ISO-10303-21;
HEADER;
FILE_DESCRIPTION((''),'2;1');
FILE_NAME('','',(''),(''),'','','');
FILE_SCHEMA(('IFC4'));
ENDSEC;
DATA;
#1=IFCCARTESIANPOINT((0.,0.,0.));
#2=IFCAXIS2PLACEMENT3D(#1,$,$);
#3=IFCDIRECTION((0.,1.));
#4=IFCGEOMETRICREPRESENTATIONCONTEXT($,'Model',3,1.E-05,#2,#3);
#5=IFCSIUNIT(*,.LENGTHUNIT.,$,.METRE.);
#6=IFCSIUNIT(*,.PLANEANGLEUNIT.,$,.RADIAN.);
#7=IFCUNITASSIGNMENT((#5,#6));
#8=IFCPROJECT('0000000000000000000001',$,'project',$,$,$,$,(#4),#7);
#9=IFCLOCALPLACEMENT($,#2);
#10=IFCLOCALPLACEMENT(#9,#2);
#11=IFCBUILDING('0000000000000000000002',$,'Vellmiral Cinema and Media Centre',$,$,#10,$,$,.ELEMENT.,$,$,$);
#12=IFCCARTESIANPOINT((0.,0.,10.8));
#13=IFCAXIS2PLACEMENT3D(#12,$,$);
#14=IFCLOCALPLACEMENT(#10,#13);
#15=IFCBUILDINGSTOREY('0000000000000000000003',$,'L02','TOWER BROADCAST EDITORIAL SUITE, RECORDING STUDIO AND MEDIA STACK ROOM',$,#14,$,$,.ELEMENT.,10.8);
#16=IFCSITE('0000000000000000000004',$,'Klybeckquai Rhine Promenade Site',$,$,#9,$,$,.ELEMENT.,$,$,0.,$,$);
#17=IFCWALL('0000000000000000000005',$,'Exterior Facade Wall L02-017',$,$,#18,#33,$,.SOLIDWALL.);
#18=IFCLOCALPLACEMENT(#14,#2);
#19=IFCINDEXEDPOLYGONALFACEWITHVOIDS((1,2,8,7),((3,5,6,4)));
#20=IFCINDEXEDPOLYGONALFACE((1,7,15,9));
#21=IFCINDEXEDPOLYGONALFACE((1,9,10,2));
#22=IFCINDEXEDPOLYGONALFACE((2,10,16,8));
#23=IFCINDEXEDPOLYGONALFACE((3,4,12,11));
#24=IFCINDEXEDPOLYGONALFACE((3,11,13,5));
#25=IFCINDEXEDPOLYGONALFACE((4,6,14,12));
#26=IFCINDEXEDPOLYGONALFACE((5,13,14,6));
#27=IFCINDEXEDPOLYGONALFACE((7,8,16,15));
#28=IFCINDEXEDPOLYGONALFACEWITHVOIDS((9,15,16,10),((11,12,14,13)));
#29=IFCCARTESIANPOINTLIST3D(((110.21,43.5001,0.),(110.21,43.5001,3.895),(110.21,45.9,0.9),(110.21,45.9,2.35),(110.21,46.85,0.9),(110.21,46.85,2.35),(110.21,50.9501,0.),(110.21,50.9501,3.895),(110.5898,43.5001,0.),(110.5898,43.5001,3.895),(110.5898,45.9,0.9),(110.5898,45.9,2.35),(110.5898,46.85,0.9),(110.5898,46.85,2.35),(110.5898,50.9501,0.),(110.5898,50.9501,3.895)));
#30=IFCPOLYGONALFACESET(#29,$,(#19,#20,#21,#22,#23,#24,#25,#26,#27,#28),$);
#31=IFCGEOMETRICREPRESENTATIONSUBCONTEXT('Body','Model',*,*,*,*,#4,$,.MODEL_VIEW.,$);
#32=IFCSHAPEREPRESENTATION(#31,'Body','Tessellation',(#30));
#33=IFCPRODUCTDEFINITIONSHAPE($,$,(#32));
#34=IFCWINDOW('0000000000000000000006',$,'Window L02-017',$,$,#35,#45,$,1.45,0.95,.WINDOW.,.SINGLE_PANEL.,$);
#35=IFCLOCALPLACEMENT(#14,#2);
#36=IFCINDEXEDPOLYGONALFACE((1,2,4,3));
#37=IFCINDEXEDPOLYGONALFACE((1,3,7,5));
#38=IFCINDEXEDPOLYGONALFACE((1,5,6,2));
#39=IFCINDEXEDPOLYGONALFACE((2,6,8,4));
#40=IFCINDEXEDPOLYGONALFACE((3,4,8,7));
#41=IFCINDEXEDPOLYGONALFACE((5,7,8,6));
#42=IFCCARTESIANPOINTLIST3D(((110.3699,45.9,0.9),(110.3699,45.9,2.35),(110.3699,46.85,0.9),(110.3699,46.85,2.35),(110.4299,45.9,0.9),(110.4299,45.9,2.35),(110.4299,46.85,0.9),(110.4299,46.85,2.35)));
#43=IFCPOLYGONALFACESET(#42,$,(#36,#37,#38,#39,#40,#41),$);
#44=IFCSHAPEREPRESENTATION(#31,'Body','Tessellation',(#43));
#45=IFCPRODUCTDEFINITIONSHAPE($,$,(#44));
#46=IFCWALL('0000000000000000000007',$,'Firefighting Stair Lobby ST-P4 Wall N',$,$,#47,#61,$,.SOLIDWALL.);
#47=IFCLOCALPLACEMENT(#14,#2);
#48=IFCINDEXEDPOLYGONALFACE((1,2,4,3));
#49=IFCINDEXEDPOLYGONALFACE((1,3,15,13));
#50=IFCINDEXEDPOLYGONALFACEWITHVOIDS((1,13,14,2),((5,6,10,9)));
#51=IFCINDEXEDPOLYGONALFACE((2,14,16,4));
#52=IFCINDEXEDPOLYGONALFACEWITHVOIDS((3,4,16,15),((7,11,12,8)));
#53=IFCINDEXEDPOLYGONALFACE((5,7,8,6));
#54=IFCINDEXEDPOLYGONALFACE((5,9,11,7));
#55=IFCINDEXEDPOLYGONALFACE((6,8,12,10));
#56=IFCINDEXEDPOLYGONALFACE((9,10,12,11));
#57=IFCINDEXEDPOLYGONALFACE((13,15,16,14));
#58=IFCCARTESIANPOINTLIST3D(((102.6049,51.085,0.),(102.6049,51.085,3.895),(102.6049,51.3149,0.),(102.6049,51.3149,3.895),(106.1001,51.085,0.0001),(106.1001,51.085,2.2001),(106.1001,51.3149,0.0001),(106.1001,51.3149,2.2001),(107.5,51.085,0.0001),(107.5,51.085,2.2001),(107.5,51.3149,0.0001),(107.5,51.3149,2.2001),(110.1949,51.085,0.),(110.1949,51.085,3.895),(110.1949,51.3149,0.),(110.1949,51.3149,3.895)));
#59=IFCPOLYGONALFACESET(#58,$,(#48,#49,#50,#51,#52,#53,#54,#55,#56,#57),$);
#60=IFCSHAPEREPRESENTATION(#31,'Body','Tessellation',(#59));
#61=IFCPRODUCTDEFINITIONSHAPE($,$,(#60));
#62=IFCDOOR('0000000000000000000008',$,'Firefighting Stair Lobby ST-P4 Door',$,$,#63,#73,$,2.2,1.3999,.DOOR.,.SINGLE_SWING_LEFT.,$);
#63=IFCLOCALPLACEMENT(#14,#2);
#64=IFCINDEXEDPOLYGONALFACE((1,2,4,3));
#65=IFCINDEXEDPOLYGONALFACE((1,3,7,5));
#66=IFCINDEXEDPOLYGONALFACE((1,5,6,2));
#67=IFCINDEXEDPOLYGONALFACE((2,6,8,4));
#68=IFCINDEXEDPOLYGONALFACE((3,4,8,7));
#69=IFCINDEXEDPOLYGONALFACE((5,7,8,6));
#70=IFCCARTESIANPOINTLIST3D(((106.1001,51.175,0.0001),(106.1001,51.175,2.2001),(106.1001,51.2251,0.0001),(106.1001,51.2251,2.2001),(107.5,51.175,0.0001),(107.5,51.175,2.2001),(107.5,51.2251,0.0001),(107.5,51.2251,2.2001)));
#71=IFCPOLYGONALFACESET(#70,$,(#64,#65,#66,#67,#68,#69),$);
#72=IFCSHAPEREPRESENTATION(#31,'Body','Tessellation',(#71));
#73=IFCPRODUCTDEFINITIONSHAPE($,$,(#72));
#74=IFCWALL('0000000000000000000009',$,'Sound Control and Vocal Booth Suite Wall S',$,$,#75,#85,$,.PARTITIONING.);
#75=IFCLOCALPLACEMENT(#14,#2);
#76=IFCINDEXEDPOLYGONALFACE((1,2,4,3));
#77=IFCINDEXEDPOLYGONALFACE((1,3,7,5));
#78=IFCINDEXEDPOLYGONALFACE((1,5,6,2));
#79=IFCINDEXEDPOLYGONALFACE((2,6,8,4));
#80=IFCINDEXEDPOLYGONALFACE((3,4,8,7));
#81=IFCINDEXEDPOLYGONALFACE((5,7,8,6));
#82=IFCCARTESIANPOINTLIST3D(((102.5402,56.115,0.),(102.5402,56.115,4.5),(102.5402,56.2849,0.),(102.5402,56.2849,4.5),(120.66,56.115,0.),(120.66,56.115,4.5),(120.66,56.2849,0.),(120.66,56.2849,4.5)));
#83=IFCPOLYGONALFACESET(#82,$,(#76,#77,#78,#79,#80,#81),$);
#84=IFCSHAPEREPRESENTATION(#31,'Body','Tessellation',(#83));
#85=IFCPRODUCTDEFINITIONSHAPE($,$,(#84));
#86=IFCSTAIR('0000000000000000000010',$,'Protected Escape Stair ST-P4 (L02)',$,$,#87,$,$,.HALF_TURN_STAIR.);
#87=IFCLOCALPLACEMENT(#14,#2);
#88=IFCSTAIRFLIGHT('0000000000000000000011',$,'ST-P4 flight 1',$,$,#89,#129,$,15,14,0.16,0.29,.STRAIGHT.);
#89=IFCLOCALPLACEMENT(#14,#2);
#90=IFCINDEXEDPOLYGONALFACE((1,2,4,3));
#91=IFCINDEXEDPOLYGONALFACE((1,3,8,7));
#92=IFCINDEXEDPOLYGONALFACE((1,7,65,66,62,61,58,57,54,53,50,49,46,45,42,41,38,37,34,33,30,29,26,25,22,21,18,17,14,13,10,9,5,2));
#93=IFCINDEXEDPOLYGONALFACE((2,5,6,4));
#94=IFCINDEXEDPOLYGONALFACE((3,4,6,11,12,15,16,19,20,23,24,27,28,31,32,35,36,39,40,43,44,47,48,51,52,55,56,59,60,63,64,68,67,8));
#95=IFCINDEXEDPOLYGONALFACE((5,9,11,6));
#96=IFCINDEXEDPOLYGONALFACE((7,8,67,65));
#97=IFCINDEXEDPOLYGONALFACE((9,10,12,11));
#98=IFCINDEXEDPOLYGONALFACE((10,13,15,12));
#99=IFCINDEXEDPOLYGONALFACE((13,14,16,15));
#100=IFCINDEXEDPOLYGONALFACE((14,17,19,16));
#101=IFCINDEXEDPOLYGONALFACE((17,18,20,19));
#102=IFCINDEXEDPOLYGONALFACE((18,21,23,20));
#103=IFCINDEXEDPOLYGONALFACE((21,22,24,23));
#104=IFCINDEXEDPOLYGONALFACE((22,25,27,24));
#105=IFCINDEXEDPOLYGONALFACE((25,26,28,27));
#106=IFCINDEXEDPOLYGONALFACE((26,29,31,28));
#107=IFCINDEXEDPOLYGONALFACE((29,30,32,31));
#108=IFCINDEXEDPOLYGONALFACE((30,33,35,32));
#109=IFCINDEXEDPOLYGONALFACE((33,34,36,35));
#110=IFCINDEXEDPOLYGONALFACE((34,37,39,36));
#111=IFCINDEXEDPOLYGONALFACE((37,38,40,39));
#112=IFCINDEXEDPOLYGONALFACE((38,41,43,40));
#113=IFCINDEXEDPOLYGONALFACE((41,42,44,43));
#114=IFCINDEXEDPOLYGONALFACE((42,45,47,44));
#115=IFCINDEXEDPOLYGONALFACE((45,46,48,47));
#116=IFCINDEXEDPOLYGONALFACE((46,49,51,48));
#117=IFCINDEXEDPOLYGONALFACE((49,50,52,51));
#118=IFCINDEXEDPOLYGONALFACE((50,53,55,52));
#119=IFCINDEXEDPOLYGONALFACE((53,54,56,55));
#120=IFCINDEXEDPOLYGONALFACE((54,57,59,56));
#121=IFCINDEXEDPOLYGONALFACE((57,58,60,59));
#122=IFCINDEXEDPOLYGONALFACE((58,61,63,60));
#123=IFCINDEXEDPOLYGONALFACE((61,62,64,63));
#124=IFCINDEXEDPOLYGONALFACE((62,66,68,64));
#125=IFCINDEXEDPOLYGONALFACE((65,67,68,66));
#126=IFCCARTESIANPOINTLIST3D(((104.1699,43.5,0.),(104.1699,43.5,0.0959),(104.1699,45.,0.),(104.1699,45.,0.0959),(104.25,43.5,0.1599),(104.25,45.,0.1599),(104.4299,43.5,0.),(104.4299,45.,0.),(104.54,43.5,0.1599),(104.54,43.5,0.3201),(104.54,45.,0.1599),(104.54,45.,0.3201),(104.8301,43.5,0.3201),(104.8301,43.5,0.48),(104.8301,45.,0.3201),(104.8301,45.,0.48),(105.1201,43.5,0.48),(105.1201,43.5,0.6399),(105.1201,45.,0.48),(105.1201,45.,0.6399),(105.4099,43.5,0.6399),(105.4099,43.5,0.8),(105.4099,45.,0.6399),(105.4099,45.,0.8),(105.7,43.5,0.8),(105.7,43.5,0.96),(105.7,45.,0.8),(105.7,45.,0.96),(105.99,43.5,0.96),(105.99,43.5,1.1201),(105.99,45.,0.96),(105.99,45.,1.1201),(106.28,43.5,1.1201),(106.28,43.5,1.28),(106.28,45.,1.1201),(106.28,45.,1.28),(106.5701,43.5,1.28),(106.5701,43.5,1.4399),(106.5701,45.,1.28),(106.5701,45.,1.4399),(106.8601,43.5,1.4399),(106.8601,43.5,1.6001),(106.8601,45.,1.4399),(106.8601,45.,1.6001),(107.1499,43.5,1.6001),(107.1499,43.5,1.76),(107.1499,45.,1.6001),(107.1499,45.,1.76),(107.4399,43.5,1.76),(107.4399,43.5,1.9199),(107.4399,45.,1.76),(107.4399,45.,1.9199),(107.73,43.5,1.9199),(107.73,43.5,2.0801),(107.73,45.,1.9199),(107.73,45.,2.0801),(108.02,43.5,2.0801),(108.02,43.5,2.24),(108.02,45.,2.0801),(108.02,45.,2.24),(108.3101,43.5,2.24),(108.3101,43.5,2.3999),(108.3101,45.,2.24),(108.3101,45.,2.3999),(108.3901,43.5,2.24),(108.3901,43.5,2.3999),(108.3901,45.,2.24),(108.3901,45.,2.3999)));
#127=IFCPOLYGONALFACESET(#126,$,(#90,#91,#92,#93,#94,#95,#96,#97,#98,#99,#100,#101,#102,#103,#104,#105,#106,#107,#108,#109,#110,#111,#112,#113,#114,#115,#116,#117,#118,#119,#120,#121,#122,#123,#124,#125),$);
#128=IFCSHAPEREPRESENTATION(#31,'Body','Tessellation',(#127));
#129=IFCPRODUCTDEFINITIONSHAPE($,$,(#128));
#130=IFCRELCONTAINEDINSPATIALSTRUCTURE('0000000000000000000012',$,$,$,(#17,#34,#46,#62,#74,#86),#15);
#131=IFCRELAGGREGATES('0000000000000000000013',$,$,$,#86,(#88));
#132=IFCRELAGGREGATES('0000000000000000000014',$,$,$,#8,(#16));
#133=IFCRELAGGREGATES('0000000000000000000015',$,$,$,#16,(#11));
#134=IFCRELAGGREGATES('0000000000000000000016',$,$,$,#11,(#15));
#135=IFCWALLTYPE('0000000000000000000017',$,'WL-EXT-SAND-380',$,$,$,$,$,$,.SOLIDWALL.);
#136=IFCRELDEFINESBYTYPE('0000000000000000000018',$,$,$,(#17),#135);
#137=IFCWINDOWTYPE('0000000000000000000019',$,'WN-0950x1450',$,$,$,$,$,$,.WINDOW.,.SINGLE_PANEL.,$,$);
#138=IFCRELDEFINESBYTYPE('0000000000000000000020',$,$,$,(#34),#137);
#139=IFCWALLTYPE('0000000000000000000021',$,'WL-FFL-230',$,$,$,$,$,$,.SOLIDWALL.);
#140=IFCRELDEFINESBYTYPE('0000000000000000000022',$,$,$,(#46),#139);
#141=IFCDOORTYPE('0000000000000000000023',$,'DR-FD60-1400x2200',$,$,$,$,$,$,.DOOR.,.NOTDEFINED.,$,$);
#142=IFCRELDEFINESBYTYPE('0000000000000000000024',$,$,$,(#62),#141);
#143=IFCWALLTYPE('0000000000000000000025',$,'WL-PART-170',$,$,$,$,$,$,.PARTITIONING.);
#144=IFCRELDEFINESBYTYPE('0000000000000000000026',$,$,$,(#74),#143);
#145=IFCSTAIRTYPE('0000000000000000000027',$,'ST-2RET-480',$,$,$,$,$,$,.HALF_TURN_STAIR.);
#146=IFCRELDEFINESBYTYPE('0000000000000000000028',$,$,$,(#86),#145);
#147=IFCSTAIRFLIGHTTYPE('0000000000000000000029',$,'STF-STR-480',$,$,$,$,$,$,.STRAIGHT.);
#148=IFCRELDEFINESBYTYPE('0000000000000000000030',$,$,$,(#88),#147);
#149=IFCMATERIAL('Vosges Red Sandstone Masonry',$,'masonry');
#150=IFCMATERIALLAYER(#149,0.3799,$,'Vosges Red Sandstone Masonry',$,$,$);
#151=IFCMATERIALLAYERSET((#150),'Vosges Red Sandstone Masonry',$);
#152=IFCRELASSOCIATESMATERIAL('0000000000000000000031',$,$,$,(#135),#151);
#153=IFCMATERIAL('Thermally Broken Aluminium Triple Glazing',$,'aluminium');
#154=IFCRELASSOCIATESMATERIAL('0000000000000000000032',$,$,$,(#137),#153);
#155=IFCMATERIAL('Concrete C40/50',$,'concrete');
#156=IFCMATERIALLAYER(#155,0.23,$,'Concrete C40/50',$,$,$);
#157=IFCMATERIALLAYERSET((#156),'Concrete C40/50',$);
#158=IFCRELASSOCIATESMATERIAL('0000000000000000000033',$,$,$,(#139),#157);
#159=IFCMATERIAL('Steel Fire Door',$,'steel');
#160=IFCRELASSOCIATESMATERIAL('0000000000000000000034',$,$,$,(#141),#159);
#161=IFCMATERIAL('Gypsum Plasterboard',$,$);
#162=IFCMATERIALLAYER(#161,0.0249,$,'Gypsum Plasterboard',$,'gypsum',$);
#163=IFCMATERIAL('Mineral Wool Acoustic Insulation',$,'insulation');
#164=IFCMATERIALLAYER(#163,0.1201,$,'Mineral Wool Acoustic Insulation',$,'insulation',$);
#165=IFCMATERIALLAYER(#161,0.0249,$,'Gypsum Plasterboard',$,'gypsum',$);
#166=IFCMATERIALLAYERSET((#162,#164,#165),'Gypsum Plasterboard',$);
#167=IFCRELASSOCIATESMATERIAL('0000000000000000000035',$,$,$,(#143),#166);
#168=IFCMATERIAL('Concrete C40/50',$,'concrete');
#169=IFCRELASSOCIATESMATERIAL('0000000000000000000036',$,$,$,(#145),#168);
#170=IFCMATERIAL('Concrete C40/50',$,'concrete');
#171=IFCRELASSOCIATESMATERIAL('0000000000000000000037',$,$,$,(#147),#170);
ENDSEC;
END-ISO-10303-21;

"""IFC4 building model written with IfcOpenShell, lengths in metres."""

from ifc_helpers import new_model, si_unit, direction, frame, frame_2d, origin, place, context, subcontext, project, spatial, polyline, rectangle, outline, extrude, material, layer, layer_set, type_object, element, fill, aggregate, save


model = new_model("IFC4")

# Units and contexts
model_context = context("Model", 3, precision=1e-05, world=origin(), true_north=direction((0.0, 1.0)))
body_context = subcontext(model_context, "Body", "Model", "MODEL_VIEW")
ifc_project = project(units=[si_unit("LENGTHUNIT", "METRE"), si_unit("PLANEANGLEUNIT", "RADIAN")], contexts=[model_context])

# Site, building, storey
site_placement = place(None, origin())
site = spatial("IfcSite", under=ifc_project, at=site_placement, Name="Klybeckquai Rhine Promenade Site", CompositionType="ELEMENT", RefElevation=0.0)
building_placement = place(site_placement, origin())
building = spatial("IfcBuilding", under=site, at=building_placement, Name="Vellmiral Cinema and Media Centre", CompositionType="ELEMENT")
storey_placement = place(building_placement, frame((0.0, 0.0, 10.8)))
storey = spatial("IfcBuildingStorey", under=building, at=storey_placement, Name="L02", Description="TOWER BROADCAST EDITORIAL SUITE, RECORDING STUDIO AND MEDIA STACK ROOM", CompositionType="ELEMENT", Elevation=10.8)

# Wall, opening, window
ifc_material_1 = material(Name="Vosges Red Sandstone Masonry", Category="masonry")
ifc_layer_1 = layer(ifc_material_1, 0.3799, Name="Vosges Red Sandstone Masonry")
ifc_layer_set_1 = layer_set([ifc_layer_1], Name="Vosges Red Sandstone Masonry")
wall_type_1 = type_object("IfcWallType", Name="WL-EXT-SAND-380", PredefinedType="SOLIDWALL", material=ifc_layer_set_1)
wall_1_placement = place(storey_placement, frame((110.3999, 43.5, 0.0), z_axis=(0.0, 0.0, 1.0), x_axis=(0.0, 1.0, 0.0)))
wall_1 = element("IfcWall", 1, at=wall_1_placement, inside=storey, type_object=wall_type_1, Name="Exterior Facade Wall L02-017", PredefinedType="SOLIDWALL", context=body_context, shape_type="SweptSolid", body=[
    extrude(rectangle(XDim=7.45, YDim=0.3799, at=frame_2d((3.7251, 0.0))), origin(), (0.0, 0.0, 1.0), 3.895),
])
opening_1_placement = place(wall_1_placement, frame((2.3999, 0.0, 0.8999)))
opening_1 = element("IfcOpeningElement", 2, at=opening_1_placement, cuts=wall_1, PredefinedType="OPENING", context=body_context, shape_type="SweptSolid", body=[
    extrude(rectangle(XDim=0.95, YDim=1.45, at=frame_2d((0.4751, 0.7251))), frame((0.0, 0.2019, 0.0), z_axis=(0.0, -1.0, 0.0), x_axis=(1.0, 0.0, 0.0)), (0.0, 0.0, 1.0), 0.4038),
])
ifc_material_2 = material(Name="Thermally Broken Aluminium Triple Glazing", Category="aluminium")
window_type_1 = type_object("IfcWindowType", Name="WN-0950x1450", PartitioningType="SINGLE_PANEL", PredefinedType="WINDOW", material=ifc_material_2)
window_1_placement = place(opening_1_placement, origin())
window_1 = element("IfcWindow", 3, at=window_1_placement, inside=storey, type_object=window_type_1, Name="Window L02-017", OverallHeight=1.45, OverallWidth=0.95, PartitioningType="SINGLE_PANEL", PredefinedType="WINDOW", context=body_context, shape_type="SweptSolid", body=[
    extrude(rectangle(XDim=0.95, YDim=1.45, at=frame_2d((0.4751, 0.7251))), frame((0.0, 0.03, 0.0), z_axis=(0.0, -1.0, 0.0), x_axis=(1.0, 0.0, 0.0)), (0.0, 0.0, 1.0), 0.0601),
])
fill(opening_1, window_1)

# Wall, opening, door
ifc_material_3 = material(Name="Concrete C40/50", Category="concrete")
ifc_layer_2 = layer(ifc_material_3, 0.23, Name="Concrete C40/50")
ifc_layer_set_2 = layer_set([ifc_layer_2], Name="Concrete C40/50")
wall_type_2 = type_object("IfcWallType", Name="WL-FFL-230", PredefinedType="SOLIDWALL", material=ifc_layer_set_2)
wall_2_placement = place(storey_placement, frame((102.605, 51.2, 0.0), z_axis=(0.0, 0.0, 1.0), x_axis=(1.0, 0.0, 0.0)))
wall_2 = element("IfcWall", 4, at=wall_2_placement, inside=storey, type_object=wall_type_2, Name="Firefighting Stair Lobby ST-P4 Wall N", PredefinedType="SOLIDWALL", context=body_context, shape_type="SweptSolid", body=[
    extrude(rectangle(XDim=7.5901, YDim=0.23, at=frame_2d((3.7949, 0.0))), origin(), (0.0, 0.0, 1.0), 3.895),
])
opening_2_placement = place(wall_2_placement, frame((3.4951, 0.0, 0.0)))
opening_2 = element("IfcOpeningElement", 5, at=opening_2_placement, cuts=wall_2, PredefinedType="OPENING", context=body_context, shape_type="SweptSolid", body=[
    extrude(rectangle(XDim=1.3999, YDim=2.2, at=frame_2d((0.7, 1.1001))), frame((0.0, 0.127, 0.0), z_axis=(0.0, -1.0, 0.0), x_axis=(1.0, 0.0, 0.0)), (0.0, 0.0, 1.0), 0.2539),
])
ifc_material_4 = material(Name="Steel Fire Door", Category="steel")
door_type_1 = type_object("IfcDoorType", Name="DR-FD60-1400x2200", OperationType="NOTDEFINED", PredefinedType="DOOR", material=ifc_material_4)
door_1_placement = place(opening_2_placement, frame((1.3999, 0.0, 0.0), z_axis=(0.0, 0.0, 1.0), x_axis=(-1.0, 0.0, 0.0)))
door_1 = element("IfcDoor", 6, at=door_1_placement, inside=storey, type_object=door_type_1, Name="Firefighting Stair Lobby ST-P4 Door", OperationType="SINGLE_SWING_LEFT", OverallHeight=2.2, OverallWidth=1.3999, PredefinedType="DOOR", context=body_context, shape_type="SweptSolid", body=[
    extrude(rectangle(XDim=1.3999, YDim=2.2, at=frame_2d((0.7, 1.1001))), frame((0.0, 0.0249, 0.0), z_axis=(0.0, -1.0, 0.0), x_axis=(1.0, 0.0, 0.0)), (0.0, 0.0, 1.0), 0.05),
])
fill(opening_2, door_1)

# Wall
ifc_material_5 = material(Name="Gypsum Plasterboard")
ifc_layer_3 = layer(ifc_material_5, 0.0249, Name="Gypsum Plasterboard", Category="gypsum")
ifc_material_6 = material(Name="Mineral Wool Acoustic Insulation", Category="insulation")
ifc_layer_4 = layer(ifc_material_6, 0.1201, Name="Mineral Wool Acoustic Insulation", Category="insulation")
ifc_layer_5 = layer(ifc_material_5, 0.0249, Name="Gypsum Plasterboard", Category="gypsum")
ifc_layer_set_3 = layer_set([ifc_layer_3, ifc_layer_4, ifc_layer_5], Name="Gypsum Plasterboard")
wall_type_3 = type_object("IfcWallType", Name="WL-PART-170", PredefinedType="PARTITIONING", material=ifc_layer_set_3)
wall_3_placement = place(storey_placement, frame((102.54, 56.2, 0.0), z_axis=(0.0, 0.0, 1.0), x_axis=(1.0, 0.0, 0.0)))
element("IfcWall", 7, at=wall_3_placement, inside=storey, type_object=wall_type_3, Name="Sound Control and Vocal Booth Suite Wall S", PredefinedType="PARTITIONING", context=body_context, shape_type="SweptSolid", body=[
    extrude(rectangle(XDim=18.1199, YDim=0.1699, at=frame_2d((9.0601, 0.0))), origin(), (0.0, 0.0, 1.0), 4.5),
])

# Stair, stair flight
ifc_material_7 = material(Name="Concrete C40/50", Category="concrete")
stair_type = type_object("IfcStairType", Name="ST-2RET-480", PredefinedType="HALF_TURN_STAIR", material=ifc_material_7)
stair_placement = place(storey_placement, origin())
stair = element("IfcStair", 8, at=stair_placement, inside=storey, type_object=stair_type, Name="Protected Escape Stair ST-P4 (L02)", PredefinedType="HALF_TURN_STAIR")
ifc_material_8 = material(Name="Concrete C40/50", Category="concrete")
stair_flight_type = type_object("IfcStairFlightType", Name="STF-STR-480", PredefinedType="STRAIGHT", material=ifc_material_8)
stair_flight_1_placement = place(storey_placement, frame((104.25, 44.25, 0.0), z_axis=(0.0, 0.0, 1.0), x_axis=(1.0, 0.0, 0.0)))
stair_flight_1 = element("IfcStairFlight", 9, at=stair_flight_1_placement, type_object=stair_flight_type, Name="ST-P4 flight 1", NumberOfRisers=15, NumberOfTreads=14, PredefinedType="STRAIGHT", RiserHeight=0.16, TreadLength=0.29, context=body_context, shape_type="SweptSolid", body=[
    extrude(outline(polyline([(-0.0801, 0.0), (-0.0801, 0.0959), (0.0, 0.1599), (0.29, 0.1599), (0.29, 0.3201), (0.5801, 0.3201), (0.5801, 0.48), (0.8701, 0.48), (0.8701, 0.6399), (1.1599, 0.6399), (1.1599, 0.8), (1.45, 0.8), (1.45, 0.96), (1.74, 0.96), (1.74, 1.1201), (2.03, 1.1201), (2.03, 1.28), (2.3201, 1.28), (2.3201, 1.4399), (2.6101, 1.4399), (2.6101, 1.6001), (2.8999, 1.6001), (2.8999, 1.76), (3.1899, 1.76), (3.1899, 1.9199), (3.48, 1.9199), (3.48, 2.0801), (3.77, 2.0801), (3.77, 2.24), (4.0601, 2.24), (4.0601, 2.3999), (4.1401, 2.3999), (4.1401, 2.24), (0.1799, 0.0), (-0.0801, 0.0)])), frame((0.0, 0.75, 0.0), z_axis=(0.0, -1.0, 0.0), x_axis=(1.0, 0.0, 0.0)), (0.0, 0.0, 1.0), 1.5),
])
aggregate(stair, [stair_flight_1])

save(model, "model.ifc")
